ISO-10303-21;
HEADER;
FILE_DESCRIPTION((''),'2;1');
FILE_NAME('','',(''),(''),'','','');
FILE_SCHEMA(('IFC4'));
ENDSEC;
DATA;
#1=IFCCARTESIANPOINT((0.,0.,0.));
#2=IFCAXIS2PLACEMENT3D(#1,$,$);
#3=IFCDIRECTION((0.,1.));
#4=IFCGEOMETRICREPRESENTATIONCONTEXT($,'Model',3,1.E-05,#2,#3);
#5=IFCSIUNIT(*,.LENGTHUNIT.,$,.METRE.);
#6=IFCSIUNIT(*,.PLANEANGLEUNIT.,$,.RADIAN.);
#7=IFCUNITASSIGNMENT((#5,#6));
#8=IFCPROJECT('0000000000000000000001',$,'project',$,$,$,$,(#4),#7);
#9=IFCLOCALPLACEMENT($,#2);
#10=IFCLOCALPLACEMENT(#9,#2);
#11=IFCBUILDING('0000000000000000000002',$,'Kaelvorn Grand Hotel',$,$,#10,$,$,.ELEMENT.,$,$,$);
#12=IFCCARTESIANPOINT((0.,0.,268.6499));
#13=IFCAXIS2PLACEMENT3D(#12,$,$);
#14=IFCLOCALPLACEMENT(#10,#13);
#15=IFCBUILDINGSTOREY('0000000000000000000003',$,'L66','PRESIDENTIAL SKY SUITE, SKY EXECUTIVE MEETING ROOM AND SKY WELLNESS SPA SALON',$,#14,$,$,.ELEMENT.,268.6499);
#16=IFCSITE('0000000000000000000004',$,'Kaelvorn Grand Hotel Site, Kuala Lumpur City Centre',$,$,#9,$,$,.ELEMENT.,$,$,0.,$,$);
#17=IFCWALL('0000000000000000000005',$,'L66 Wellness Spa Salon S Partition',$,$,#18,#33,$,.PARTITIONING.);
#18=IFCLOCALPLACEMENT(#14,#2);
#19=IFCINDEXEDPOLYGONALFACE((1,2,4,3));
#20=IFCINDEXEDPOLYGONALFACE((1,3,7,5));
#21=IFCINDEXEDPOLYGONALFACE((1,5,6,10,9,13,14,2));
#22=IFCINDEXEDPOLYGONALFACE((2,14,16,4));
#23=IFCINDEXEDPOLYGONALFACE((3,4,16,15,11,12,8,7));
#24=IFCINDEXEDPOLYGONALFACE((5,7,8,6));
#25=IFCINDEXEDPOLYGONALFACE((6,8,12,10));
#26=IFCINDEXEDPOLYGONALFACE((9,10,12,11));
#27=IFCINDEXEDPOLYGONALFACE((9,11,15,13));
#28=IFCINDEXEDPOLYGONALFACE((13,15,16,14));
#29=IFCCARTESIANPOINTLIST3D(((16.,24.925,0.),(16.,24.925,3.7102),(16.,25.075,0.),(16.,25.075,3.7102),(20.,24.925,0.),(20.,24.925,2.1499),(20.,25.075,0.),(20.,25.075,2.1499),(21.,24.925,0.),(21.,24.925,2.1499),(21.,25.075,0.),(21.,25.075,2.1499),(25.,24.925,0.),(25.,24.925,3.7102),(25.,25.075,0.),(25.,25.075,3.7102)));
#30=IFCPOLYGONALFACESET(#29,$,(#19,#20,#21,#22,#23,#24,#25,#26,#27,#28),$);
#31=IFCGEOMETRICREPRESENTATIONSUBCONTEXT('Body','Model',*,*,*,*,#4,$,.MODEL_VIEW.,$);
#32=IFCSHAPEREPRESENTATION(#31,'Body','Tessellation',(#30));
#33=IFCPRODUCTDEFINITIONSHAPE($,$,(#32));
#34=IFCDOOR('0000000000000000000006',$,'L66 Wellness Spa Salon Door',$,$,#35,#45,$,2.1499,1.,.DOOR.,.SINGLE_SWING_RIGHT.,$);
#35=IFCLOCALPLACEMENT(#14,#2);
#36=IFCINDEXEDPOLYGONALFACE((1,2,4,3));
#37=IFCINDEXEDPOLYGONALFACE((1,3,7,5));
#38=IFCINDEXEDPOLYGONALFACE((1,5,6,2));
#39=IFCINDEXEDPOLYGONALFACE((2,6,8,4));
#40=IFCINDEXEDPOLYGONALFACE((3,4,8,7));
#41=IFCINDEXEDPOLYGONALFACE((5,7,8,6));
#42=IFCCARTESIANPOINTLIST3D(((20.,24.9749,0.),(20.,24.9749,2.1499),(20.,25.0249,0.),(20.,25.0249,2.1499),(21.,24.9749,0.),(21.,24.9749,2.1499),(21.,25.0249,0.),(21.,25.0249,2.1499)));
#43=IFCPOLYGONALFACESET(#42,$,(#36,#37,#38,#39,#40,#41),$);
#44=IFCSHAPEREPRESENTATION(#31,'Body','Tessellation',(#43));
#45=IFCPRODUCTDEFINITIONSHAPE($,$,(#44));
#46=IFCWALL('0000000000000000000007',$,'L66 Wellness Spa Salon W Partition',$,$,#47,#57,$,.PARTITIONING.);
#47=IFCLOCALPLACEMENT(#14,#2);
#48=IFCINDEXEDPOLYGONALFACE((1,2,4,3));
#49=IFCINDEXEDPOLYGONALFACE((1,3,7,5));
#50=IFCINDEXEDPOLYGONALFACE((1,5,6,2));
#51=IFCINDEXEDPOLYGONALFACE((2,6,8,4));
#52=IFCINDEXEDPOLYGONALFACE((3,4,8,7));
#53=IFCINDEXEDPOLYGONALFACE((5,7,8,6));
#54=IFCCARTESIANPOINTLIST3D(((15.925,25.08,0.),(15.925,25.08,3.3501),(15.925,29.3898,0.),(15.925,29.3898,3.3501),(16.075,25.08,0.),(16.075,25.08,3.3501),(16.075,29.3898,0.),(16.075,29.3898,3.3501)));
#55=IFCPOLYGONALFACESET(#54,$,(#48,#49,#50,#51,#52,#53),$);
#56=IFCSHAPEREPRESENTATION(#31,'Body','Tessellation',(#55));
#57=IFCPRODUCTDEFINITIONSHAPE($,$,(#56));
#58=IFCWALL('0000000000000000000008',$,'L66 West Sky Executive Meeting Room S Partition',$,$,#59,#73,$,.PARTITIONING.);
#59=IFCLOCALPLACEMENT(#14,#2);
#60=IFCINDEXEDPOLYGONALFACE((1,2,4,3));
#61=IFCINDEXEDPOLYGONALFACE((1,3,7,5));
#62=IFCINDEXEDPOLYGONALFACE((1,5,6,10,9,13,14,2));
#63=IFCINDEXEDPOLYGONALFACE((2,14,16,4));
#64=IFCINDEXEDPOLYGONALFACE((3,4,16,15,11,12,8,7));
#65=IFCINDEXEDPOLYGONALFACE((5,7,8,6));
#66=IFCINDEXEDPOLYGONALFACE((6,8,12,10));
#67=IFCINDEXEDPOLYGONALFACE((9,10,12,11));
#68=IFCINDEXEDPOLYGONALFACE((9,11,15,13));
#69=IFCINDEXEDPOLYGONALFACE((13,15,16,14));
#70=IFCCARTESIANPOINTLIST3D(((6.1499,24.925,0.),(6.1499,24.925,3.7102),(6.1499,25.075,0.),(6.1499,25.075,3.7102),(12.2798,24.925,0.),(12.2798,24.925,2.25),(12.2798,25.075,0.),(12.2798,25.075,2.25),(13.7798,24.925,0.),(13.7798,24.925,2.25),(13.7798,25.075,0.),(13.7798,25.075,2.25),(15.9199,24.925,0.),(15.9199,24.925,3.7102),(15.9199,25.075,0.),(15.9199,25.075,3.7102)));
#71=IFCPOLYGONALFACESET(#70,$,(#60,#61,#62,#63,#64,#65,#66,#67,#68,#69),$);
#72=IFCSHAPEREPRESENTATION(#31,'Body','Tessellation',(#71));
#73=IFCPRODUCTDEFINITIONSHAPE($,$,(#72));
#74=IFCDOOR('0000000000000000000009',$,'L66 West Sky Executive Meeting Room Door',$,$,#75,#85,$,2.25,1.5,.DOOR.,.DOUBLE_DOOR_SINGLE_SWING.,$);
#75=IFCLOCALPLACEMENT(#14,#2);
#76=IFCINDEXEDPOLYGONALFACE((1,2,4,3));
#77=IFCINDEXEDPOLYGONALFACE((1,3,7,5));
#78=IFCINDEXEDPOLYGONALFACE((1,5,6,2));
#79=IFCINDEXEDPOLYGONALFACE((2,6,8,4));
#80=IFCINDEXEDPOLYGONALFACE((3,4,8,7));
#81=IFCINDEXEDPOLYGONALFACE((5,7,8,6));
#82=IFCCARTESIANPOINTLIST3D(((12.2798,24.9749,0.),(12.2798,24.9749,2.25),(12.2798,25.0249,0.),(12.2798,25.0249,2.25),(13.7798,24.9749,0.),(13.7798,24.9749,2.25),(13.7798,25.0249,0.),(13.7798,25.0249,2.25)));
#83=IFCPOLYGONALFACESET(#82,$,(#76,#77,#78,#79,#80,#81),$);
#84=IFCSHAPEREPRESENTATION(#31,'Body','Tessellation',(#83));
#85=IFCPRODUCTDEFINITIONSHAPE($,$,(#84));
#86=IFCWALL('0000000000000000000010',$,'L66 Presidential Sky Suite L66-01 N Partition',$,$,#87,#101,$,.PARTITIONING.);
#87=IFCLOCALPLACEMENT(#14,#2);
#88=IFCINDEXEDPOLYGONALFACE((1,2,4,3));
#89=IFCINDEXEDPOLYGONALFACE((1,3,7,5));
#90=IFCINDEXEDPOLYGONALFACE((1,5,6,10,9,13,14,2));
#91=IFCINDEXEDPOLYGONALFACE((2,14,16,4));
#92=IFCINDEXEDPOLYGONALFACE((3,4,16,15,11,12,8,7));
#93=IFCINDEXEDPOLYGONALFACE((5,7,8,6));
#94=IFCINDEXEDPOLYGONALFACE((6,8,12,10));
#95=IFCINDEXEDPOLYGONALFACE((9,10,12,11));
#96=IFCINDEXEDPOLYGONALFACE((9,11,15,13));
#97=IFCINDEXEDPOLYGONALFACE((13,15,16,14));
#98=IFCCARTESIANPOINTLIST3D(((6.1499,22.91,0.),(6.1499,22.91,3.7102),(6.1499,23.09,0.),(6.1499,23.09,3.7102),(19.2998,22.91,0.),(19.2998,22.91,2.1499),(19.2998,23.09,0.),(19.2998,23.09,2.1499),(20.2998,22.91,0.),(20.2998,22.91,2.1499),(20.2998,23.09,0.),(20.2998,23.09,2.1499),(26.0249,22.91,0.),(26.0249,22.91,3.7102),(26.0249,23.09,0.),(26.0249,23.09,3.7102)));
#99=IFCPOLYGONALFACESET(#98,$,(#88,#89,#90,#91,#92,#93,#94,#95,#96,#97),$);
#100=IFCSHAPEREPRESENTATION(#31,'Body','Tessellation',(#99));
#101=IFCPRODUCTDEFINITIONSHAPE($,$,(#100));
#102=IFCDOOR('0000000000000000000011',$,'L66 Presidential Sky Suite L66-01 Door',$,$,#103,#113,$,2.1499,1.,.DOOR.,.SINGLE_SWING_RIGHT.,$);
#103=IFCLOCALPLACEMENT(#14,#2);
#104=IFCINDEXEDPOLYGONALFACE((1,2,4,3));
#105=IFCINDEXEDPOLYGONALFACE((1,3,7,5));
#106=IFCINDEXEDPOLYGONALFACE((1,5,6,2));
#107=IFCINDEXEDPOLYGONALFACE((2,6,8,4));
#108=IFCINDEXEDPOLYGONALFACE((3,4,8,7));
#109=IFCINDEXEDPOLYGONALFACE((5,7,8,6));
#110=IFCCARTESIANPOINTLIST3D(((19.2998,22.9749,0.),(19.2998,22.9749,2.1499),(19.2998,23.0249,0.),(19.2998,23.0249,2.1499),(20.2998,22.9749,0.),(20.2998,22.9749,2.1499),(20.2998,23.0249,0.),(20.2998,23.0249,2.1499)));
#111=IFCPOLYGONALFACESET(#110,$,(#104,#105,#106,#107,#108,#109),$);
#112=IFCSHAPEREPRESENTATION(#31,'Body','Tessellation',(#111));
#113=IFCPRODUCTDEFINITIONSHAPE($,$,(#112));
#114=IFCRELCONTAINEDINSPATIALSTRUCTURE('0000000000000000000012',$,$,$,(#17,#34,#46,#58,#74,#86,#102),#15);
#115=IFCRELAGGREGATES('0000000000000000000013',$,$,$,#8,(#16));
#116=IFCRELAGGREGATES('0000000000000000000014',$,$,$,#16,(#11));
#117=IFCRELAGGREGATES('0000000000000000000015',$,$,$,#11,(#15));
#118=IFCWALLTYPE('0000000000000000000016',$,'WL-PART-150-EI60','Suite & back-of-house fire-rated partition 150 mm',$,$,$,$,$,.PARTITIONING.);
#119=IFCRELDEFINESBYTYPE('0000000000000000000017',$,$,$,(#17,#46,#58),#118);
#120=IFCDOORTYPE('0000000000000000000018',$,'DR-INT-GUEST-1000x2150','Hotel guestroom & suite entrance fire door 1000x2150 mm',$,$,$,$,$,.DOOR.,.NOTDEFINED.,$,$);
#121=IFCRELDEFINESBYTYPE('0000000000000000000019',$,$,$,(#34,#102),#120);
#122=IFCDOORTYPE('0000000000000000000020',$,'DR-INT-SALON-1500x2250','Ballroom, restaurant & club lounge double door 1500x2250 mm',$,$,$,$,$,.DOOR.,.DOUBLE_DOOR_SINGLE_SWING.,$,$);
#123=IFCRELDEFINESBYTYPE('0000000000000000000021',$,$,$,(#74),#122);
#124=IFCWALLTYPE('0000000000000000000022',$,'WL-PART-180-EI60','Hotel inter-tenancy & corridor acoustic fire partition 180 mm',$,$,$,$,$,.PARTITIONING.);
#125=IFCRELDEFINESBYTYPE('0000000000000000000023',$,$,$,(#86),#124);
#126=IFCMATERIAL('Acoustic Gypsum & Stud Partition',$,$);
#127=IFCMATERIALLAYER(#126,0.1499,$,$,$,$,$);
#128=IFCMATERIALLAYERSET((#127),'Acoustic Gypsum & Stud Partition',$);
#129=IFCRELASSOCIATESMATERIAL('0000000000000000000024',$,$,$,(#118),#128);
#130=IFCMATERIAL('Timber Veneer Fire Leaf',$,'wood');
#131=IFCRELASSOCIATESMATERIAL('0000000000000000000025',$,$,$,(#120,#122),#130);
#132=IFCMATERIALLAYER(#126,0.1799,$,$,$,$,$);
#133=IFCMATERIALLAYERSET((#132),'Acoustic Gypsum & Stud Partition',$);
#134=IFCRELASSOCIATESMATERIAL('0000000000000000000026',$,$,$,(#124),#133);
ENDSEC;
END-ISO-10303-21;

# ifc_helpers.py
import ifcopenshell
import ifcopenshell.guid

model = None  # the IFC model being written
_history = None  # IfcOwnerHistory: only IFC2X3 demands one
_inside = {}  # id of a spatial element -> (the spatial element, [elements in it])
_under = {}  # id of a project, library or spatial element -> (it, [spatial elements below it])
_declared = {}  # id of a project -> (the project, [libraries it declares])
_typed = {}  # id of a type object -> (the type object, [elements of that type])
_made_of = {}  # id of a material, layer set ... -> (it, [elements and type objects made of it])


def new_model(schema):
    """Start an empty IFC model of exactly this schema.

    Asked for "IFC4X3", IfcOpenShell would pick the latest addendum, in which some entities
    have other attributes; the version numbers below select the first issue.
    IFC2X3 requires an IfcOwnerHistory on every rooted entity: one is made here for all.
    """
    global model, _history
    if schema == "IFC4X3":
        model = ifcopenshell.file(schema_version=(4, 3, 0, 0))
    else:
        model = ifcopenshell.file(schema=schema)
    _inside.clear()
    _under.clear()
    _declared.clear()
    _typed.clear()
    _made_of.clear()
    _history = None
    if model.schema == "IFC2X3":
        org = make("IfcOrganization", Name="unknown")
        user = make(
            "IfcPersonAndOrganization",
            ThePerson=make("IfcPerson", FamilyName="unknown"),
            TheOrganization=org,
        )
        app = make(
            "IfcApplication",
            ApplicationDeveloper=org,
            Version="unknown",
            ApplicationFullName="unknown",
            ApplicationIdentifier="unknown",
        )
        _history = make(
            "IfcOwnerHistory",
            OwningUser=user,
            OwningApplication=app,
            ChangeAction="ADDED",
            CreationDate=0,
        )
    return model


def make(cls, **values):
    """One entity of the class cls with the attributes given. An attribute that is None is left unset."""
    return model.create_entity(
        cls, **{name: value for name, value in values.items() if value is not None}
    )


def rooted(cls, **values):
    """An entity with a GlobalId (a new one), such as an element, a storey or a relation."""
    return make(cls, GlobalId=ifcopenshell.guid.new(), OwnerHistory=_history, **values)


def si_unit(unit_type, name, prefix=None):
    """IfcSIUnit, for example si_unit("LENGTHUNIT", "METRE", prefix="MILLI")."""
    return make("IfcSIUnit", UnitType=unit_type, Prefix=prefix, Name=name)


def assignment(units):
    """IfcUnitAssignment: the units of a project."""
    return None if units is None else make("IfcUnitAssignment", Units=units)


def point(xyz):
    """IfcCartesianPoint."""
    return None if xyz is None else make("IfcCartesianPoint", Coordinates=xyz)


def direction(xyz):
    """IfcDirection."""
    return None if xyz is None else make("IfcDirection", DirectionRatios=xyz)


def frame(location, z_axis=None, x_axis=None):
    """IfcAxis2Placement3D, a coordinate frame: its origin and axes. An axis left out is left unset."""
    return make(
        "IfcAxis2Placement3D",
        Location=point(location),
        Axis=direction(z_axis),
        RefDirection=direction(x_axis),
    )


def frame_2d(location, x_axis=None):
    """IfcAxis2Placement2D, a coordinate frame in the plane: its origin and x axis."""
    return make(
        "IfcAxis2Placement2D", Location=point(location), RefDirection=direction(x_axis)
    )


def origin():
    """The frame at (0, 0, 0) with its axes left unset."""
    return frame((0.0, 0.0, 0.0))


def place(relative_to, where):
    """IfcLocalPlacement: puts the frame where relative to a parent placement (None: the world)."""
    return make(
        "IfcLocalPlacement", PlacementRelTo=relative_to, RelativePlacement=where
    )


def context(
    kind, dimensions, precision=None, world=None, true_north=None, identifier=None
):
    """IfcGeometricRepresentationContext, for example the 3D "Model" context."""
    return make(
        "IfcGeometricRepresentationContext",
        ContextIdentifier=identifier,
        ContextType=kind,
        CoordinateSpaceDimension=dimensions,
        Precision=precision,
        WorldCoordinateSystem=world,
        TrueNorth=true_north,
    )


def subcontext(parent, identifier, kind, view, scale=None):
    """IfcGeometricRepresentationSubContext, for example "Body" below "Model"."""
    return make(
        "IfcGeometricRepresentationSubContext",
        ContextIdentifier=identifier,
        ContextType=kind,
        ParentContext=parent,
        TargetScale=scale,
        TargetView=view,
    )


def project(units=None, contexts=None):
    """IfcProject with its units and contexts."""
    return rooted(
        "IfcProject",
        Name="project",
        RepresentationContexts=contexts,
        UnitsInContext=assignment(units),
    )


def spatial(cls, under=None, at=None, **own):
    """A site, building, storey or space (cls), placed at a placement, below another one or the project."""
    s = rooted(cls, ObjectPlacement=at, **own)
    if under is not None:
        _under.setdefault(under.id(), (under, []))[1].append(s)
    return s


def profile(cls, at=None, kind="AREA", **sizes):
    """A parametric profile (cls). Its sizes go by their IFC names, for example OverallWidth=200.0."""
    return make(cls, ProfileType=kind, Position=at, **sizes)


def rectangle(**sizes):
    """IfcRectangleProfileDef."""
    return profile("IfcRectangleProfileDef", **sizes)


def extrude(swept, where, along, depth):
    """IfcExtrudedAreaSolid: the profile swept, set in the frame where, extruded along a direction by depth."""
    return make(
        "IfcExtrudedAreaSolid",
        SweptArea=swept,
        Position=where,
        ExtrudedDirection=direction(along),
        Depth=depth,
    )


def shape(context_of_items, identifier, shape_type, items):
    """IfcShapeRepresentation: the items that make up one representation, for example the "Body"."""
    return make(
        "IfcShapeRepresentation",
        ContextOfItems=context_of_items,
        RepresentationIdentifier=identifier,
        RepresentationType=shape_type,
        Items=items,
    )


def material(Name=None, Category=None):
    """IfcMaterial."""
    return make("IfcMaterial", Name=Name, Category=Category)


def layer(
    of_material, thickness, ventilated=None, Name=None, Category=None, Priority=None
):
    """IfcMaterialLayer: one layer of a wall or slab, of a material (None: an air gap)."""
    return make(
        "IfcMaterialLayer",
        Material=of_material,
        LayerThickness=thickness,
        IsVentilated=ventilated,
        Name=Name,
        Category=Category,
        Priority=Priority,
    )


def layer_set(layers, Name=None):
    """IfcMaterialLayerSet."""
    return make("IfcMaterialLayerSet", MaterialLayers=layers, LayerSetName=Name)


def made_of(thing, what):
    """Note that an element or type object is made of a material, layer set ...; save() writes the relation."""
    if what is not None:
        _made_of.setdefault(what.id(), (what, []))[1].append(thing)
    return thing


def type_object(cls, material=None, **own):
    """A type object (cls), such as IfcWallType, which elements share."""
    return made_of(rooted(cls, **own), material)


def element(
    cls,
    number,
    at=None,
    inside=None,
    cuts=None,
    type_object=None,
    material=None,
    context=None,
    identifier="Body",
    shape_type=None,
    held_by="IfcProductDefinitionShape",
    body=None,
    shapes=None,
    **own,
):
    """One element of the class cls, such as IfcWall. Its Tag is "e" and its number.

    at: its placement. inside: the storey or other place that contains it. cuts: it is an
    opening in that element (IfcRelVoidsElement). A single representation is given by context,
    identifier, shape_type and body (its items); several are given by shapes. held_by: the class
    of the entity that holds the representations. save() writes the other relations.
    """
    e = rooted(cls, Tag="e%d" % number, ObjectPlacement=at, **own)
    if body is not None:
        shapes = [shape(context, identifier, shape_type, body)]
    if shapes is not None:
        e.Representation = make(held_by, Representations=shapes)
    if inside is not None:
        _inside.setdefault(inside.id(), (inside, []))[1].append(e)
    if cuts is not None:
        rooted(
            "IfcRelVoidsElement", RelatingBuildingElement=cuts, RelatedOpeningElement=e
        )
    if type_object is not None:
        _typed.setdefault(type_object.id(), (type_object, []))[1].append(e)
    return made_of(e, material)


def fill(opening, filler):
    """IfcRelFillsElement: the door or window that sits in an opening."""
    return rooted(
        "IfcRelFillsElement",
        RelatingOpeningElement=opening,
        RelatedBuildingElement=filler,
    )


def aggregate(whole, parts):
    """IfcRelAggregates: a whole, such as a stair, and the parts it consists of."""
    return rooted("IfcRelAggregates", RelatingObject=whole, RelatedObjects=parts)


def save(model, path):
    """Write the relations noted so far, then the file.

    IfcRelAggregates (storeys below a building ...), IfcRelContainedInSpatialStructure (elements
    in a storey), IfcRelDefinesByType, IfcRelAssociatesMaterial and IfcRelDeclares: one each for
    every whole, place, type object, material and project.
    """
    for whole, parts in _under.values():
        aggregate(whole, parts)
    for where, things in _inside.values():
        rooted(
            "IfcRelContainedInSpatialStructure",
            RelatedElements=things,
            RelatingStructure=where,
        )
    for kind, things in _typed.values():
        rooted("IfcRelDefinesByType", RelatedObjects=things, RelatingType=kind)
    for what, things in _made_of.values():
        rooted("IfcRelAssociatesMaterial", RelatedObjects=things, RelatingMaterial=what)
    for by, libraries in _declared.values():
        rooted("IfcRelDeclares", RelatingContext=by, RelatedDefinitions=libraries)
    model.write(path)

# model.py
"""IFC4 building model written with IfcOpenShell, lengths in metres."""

from ifc_helpers import new_model, si_unit, direction, frame, frame_2d, origin, place, context, subcontext, project, spatial, rectangle, extrude, material, layer, layer_set, type_object, element, fill, save


model = new_model("IFC4")

# Units and contexts
model_context = context("Model", 3, precision=1e-05, world=origin(), true_north=direction((0.0, 1.0)))
body_context = subcontext(model_context, "Body", "Model", "MODEL_VIEW")
ifc_project = project(units=[si_unit("LENGTHUNIT", "METRE"), si_unit("PLANEANGLEUNIT", "RADIAN")], contexts=[model_context])

# Site, building, storey
site_placement = place(None, origin())
site = spatial("IfcSite", under=ifc_project, at=site_placement, Name="Kaelvorn Grand Hotel Site, Kuala Lumpur City Centre", CompositionType="ELEMENT", RefElevation=0.0)
building_placement = place(site_placement, origin())
building = spatial("IfcBuilding", under=site, at=building_placement, Name="Kaelvorn Grand Hotel", CompositionType="ELEMENT")
storey_placement = place(building_placement, frame((0.0, 0.0, 268.6499)))
storey = spatial("IfcBuildingStorey", under=building, at=storey_placement, Name="L66", Description="PRESIDENTIAL SKY SUITE, SKY EXECUTIVE MEETING ROOM AND SKY WELLNESS SPA SALON", CompositionType="ELEMENT", Elevation=268.6499)

# Wall, opening, door
ifc_material_1 = material(Name="Acoustic Gypsum & Stud Partition")
ifc_layer_1 = layer(ifc_material_1, 0.1499)
ifc_layer_set_1 = layer_set([ifc_layer_1], Name="Acoustic Gypsum & Stud Partition")
wall_type_1 = type_object("IfcWallType", Name="WL-PART-150-EI60", Description="Suite & back-of-house fire-rated partition 150 mm", PredefinedType="PARTITIONING", material=ifc_layer_set_1)
wall_1_placement = place(storey_placement, frame((16.0, 25.0, 0.0), z_axis=(0.0, 0.0, 1.0), x_axis=(1.0, 0.0, 0.0)))
wall_1 = element("IfcWall", 1, at=wall_1_placement, inside=storey, type_object=wall_type_1, Name="L66 Wellness Spa Salon S Partition", PredefinedType="PARTITIONING", context=body_context, shape_type="SweptSolid", body=[
    extrude(rectangle(XDim=9.0, YDim=0.1499, at=frame_2d((4.5, 0.0))), origin(), (0.0, 0.0, 1.0), 3.7102),
])
opening_1_placement = place(wall_1_placement, frame((4.0, 0.0, 0.0)))
opening_1 = element("IfcOpeningElement", 2, at=opening_1_placement, cuts=wall_1, PredefinedType="OPENING", context=body_context, shape_type="SweptSolid", body=[
    extrude(rectangle(XDim=1.0, YDim=2.1499, at=frame_2d((0.5, 1.075))), frame((0.0, 0.085, 0.0), z_axis=(0.0, -1.0, 0.0), x_axis=(1.0, 0.0, 0.0)), (0.0, 0.0, 1.0), 0.1699),
])
ifc_material_2 = material(Name="Timber Veneer Fire Leaf", Category="wood")
door_type_1 = type_object("IfcDoorType", Name="DR-INT-GUEST-1000x2150", Description="Hotel guestroom & suite entrance fire door 1000x2150 mm", OperationType="NOTDEFINED", PredefinedType="DOOR", material=ifc_material_2)
door_1_placement = place(opening_1_placement, origin())
door_1 = element("IfcDoor", 3, at=door_1_placement, inside=storey, type_object=door_type_1, Name="L66 Wellness Spa Salon Door", OperationType="SINGLE_SWING_RIGHT", OverallHeight=2.1499, OverallWidth=1.0, PredefinedType="DOOR", context=body_context, shape_type="SweptSolid", body=[
    extrude(rectangle(XDim=1.0, YDim=2.1499, at=frame_2d((0.5, 1.075))), frame((0.0, 0.0249, 0.0), z_axis=(0.0, -1.0, 0.0), x_axis=(1.0, 0.0, 0.0)), (0.0, 0.0, 1.0), 0.05),
])
fill(opening_1, door_1)

# Wall
wall_2_placement = place(storey_placement, frame((16.0, 25.0801, 0.0), z_axis=(0.0, 0.0, 1.0), x_axis=(0.0, 1.0, 0.0)))
element("IfcWall", 4, at=wall_2_placement, inside=storey, type_object=wall_type_1, Name="L66 Wellness Spa Salon W Partition", PredefinedType="PARTITIONING", context=body_context, shape_type="SweptSolid", body=[
    extrude(rectangle(XDim=4.3098, YDim=0.1499, at=frame_2d((2.1548, 0.0))), origin(), (0.0, 0.0, 1.0), 3.3501),
])

# Walls, openings, doors
wall_3_placement = place(storey_placement, frame((6.1499, 25.0, 0.0), z_axis=(0.0, 0.0, 1.0), x_axis=(1.0, 0.0, 0.0)))
wall_3 = element("IfcWall", 5, at=wall_3_placement, inside=storey, type_object=wall_type_1, Name="L66 West Sky Executive Meeting Room S Partition", PredefinedType="PARTITIONING", context=body_context, shape_type="SweptSolid", body=[
    extrude(rectangle(XDim=9.77, YDim=0.1499, at=frame_2d((4.885, 0.0))), origin(), (0.0, 0.0, 1.0), 3.7102),
])
opening_2_placement = place(wall_3_placement, frame((6.1299, 0.0, 0.0)))
opening_2 = element("IfcOpeningElement", 6, at=opening_2_placement, cuts=wall_3, PredefinedType="OPENING", context=body_context, shape_type="SweptSolid", body=[
    extrude(rectangle(XDim=1.5, YDim=2.25, at=frame_2d((0.75, 1.125))), frame((0.0, 0.085, 0.0), z_axis=(0.0, -1.0, 0.0), x_axis=(1.0, 0.0, 0.0)), (0.0, 0.0, 1.0), 0.1699),
])
door_type_2 = type_object("IfcDoorType", Name="DR-INT-SALON-1500x2250", Description="Ballroom, restaurant & club lounge double door 1500x2250 mm", OperationType="DOUBLE_DOOR_SINGLE_SWING", PredefinedType="DOOR", material=ifc_material_2)
door_2_placement = place(opening_2_placement, origin())
door_2 = element("IfcDoor", 7, at=door_2_placement, inside=storey, type_object=door_type_2, Name="L66 West Sky Executive Meeting Room Door", OperationType="DOUBLE_DOOR_SINGLE_SWING", OverallHeight=2.25, OverallWidth=1.5, PredefinedType="DOOR", context=body_context, shape_type="SweptSolid", body=[
    extrude(rectangle(XDim=1.5, YDim=2.25, at=frame_2d((0.75, 1.125))), frame((0.0, 0.0249, 0.0), z_axis=(0.0, -1.0, 0.0), x_axis=(1.0, 0.0, 0.0)), (0.0, 0.0, 1.0), 0.05),
])
fill(opening_2, door_2)
ifc_layer_2 = layer(ifc_material_1, 0.1799)
ifc_layer_set_2 = layer_set([ifc_layer_2], Name="Acoustic Gypsum & Stud Partition")
wall_type_2 = type_object("IfcWallType", Name="WL-PART-180-EI60", Description="Hotel inter-tenancy & corridor acoustic fire partition 180 mm", PredefinedType="PARTITIONING", material=ifc_layer_set_2)
wall_4_placement = place(storey_placement, frame((6.1499, 23.0, 0.0), z_axis=(0.0, 0.0, 1.0), x_axis=(1.0, 0.0, 0.0)))
wall_4 = element("IfcWall", 8, at=wall_4_placement, inside=storey, type_object=wall_type_2, Name="L66 Presidential Sky Suite L66-01 N Partition", PredefinedType="PARTITIONING", context=body_context, shape_type="SweptSolid", body=[
    extrude(rectangle(XDim=19.875, YDim=0.1799, at=frame_2d((9.9375, 0.0))), origin(), (0.0, 0.0, 1.0), 3.7102),
])
opening_3_placement = place(wall_4_placement, frame((13.1499, 0.0, 0.0)))
opening_3 = element("IfcOpeningElement", 9, at=opening_3_placement, cuts=wall_4, PredefinedType="OPENING", context=body_context, shape_type="SweptSolid", body=[
    extrude(rectangle(XDim=1.0, YDim=2.1499, at=frame_2d((0.5, 1.075))), frame((0.0, 0.1001, 0.0), z_axis=(0.0, -1.0, 0.0), x_axis=(1.0, 0.0, 0.0)), (0.0, 0.0, 1.0), 0.2),
])
door_3_placement = place(opening_3_placement, origin())
door_3 = element("IfcDoor", 10, at=door_3_placement, inside=storey, type_object=door_type_1, Name="L66 Presidential Sky Suite L66-01 Door", OperationType="SINGLE_SWING_RIGHT", OverallHeight=2.1499, OverallWidth=1.0, PredefinedType="DOOR", context=body_context, shape_type="SweptSolid", body=[
    extrude(rectangle(XDim=1.0, YDim=2.1499, at=frame_2d((0.5, 1.075))), frame((0.0, 0.0249, 0.0), z_axis=(0.0, -1.0, 0.0), x_axis=(1.0, 0.0, 0.0)), (0.0, 0.0, 1.0), 0.05),
])
fill(opening_3, door_3)

save(model, "model.ifc")
